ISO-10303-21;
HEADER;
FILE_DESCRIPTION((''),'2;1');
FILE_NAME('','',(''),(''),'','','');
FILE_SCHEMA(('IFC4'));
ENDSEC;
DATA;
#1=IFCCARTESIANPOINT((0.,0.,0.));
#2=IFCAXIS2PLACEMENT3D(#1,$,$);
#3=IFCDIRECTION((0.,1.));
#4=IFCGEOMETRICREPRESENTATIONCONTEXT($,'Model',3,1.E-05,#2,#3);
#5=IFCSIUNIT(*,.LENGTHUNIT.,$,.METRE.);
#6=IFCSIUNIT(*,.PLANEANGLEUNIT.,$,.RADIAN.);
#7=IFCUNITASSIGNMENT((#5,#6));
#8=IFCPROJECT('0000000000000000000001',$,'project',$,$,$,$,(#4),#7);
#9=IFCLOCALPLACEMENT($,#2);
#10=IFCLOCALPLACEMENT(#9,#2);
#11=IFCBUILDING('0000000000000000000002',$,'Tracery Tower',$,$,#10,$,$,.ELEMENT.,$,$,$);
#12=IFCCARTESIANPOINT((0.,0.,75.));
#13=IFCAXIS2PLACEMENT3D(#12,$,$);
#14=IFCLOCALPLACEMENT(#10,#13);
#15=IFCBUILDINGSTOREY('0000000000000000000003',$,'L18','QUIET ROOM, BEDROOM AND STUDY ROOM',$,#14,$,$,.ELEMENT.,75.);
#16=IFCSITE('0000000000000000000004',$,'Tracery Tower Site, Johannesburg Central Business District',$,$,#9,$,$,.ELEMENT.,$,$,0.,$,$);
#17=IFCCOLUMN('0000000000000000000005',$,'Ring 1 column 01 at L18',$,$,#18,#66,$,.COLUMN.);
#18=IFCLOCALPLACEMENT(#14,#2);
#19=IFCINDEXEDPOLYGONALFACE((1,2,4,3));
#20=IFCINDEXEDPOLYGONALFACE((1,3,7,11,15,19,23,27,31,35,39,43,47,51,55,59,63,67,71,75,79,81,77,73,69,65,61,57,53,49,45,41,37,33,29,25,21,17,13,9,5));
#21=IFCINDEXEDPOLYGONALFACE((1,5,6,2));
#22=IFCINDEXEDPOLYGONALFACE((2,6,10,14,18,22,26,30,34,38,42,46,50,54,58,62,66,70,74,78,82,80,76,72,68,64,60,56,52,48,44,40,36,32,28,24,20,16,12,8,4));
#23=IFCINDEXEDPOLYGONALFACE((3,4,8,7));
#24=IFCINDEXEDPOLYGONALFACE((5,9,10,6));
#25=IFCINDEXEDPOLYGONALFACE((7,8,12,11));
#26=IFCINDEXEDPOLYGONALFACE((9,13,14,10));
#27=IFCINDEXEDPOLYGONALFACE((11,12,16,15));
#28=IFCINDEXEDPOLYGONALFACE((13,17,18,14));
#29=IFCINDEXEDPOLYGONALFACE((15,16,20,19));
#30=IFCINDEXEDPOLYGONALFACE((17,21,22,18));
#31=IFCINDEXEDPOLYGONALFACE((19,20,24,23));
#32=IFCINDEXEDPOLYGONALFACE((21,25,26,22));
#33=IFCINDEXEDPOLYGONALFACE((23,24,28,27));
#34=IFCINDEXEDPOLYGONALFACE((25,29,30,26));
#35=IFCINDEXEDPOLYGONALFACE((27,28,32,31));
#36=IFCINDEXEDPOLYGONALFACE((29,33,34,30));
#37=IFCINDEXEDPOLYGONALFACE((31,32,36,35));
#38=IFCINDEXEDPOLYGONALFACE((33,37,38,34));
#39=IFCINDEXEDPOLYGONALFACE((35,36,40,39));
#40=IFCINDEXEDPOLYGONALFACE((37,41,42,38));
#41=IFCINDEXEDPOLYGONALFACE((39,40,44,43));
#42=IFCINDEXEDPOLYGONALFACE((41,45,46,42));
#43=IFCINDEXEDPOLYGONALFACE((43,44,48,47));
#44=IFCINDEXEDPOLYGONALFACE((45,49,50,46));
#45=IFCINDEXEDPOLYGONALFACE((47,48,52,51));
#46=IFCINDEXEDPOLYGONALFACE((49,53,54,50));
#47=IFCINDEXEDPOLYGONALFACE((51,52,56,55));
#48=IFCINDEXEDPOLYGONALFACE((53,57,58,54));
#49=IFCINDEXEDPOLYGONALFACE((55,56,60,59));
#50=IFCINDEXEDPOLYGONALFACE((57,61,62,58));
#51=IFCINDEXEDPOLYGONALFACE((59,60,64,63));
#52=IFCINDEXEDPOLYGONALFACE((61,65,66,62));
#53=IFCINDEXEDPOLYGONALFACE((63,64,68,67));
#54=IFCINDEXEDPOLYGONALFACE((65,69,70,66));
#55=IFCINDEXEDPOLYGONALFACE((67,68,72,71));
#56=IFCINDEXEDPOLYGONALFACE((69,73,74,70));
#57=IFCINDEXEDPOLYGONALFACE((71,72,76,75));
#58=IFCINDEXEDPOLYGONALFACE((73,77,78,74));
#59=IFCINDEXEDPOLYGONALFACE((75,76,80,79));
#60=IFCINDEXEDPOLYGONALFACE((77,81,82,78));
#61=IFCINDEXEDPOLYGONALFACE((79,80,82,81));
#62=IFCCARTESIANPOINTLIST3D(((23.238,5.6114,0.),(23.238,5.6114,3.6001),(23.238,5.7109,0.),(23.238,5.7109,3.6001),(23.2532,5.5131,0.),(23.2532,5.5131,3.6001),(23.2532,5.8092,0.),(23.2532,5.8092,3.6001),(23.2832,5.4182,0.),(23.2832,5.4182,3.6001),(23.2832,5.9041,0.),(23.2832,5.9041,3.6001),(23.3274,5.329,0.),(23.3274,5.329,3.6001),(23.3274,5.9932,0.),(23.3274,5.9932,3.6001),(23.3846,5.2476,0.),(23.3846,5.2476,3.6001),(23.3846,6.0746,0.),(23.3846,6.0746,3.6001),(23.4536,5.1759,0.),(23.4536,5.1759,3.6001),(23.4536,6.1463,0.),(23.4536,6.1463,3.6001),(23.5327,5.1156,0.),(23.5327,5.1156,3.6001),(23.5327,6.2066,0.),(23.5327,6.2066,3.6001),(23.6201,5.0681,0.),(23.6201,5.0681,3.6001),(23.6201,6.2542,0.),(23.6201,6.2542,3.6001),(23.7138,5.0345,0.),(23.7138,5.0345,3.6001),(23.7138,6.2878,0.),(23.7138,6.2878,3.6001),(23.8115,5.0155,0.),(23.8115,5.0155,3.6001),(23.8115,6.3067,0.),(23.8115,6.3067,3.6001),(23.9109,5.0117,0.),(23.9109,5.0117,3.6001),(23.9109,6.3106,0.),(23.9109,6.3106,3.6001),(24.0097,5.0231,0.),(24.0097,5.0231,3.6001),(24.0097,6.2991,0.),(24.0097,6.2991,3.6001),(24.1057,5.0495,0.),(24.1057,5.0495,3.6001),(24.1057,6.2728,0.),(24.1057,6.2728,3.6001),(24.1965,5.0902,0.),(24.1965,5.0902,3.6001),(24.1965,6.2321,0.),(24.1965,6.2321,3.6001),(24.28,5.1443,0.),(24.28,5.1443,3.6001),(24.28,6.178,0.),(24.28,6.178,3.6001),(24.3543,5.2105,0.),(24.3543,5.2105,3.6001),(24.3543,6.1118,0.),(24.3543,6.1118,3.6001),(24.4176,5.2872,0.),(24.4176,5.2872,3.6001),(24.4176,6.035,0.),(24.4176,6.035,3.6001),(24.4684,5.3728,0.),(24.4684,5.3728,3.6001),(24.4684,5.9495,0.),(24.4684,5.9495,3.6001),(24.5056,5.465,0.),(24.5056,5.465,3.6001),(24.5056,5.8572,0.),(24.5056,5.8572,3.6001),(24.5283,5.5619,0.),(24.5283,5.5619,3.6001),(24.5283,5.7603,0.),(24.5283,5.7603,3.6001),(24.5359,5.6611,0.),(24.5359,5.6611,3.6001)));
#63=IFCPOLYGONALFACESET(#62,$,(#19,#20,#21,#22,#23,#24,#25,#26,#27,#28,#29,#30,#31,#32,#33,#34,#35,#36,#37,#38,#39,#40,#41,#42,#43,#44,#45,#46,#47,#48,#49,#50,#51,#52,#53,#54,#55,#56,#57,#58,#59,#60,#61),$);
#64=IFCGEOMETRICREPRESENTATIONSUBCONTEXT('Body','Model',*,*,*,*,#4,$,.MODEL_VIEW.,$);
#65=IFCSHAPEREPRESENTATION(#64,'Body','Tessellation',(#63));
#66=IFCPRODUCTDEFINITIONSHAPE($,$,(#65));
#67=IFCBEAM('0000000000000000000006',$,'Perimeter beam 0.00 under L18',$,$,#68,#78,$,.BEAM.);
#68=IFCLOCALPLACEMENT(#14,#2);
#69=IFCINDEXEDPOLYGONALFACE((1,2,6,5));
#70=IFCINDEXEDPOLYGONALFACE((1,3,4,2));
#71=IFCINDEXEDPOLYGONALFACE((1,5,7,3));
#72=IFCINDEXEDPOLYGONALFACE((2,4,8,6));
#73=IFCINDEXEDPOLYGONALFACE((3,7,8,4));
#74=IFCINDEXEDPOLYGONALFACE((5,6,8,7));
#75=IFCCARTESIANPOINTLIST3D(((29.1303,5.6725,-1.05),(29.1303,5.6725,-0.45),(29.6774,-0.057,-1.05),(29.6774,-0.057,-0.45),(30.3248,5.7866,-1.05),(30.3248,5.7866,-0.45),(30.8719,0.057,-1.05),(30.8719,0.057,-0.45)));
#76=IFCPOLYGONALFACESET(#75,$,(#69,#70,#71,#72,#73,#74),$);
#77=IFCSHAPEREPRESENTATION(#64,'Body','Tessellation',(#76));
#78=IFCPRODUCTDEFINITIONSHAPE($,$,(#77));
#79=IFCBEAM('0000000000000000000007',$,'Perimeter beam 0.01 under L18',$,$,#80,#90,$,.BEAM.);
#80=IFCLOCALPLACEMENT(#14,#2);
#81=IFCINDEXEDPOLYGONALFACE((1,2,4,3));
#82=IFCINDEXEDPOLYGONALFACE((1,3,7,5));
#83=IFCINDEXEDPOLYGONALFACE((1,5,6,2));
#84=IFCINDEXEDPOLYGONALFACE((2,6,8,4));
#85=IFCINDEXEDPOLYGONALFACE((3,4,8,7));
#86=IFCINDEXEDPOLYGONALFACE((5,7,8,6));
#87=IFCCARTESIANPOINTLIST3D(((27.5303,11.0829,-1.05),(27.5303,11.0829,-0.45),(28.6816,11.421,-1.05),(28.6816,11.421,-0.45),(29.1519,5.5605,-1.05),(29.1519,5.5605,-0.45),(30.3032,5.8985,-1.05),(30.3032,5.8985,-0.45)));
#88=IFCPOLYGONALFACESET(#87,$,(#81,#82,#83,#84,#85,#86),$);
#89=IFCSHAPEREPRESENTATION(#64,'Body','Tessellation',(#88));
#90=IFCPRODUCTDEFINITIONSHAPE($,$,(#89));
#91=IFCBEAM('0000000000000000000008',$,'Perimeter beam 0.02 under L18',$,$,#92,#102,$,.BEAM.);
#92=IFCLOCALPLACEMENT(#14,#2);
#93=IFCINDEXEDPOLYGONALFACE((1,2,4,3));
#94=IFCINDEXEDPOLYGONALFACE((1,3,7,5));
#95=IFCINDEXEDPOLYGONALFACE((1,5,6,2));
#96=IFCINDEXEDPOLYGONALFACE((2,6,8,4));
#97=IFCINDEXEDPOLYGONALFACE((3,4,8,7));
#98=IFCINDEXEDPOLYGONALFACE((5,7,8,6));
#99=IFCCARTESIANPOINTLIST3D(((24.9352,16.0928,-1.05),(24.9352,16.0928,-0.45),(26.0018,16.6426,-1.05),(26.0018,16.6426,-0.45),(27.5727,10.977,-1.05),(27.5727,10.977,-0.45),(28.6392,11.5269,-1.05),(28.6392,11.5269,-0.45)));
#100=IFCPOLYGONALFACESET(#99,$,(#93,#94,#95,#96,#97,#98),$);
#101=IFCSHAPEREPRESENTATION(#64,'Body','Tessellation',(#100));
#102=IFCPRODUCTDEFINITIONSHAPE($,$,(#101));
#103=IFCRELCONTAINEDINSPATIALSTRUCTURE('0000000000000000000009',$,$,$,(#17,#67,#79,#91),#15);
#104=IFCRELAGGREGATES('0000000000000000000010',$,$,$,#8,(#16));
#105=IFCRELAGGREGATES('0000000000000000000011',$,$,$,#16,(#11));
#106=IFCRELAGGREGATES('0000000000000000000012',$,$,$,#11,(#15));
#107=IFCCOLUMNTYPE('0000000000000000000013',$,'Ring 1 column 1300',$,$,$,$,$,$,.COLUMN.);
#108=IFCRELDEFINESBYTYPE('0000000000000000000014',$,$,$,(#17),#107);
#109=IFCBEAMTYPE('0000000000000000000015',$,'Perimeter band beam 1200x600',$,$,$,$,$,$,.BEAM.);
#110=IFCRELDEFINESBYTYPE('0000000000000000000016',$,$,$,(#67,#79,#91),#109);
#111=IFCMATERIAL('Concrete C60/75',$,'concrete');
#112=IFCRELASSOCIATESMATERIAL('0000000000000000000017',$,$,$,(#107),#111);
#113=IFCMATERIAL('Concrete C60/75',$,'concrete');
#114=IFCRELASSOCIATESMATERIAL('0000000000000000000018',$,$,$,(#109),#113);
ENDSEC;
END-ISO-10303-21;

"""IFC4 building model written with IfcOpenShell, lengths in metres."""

from ifc_helpers import new_model, si_unit, direction, frame, origin, origin_2d, place, context, subcontext, project, spatial, rectangle, circle, extrude, material, material_profile, profile_set, type_object, element, save


model = new_model("IFC4")

# Units and contexts
model_context = context("Model", 3, precision=1e-05, world=origin(), true_north=direction((0.0, 1.0)))
body_context = subcontext(model_context, "Body", "Model", "MODEL_VIEW")
ifc_project = project(units=[si_unit("LENGTHUNIT", "METRE"), si_unit("PLANEANGLEUNIT", "RADIAN")], contexts=[model_context])

# Site, building, storey
site_placement = place(None, origin())
site = spatial("IfcSite", under=ifc_project, at=site_placement, Name="Tracery Tower Site, Johannesburg Central Business District", CompositionType="ELEMENT", RefElevation=0.0)
building_placement = place(site_placement, origin())
building = spatial("IfcBuilding", under=site, at=building_placement, Name="Tracery Tower", CompositionType="ELEMENT")
storey_placement = place(building_placement, frame((0.0, 0.0, 75.0)))
storey = spatial("IfcBuildingStorey", under=building, at=storey_placement, Name="L18", Description="QUIET ROOM, BEDROOM AND STUDY ROOM", CompositionType="ELEMENT", Elevation=75.0)

# Column
ifc_material_1 = material(Name="Concrete C60/75", Category="concrete")
ifc_material_profile_1 = material_profile(ifc_material_1, circle(Radius=0.6499, at=origin_2d()), Name="RC D1300")
ifc_profile_set_1 = profile_set([ifc_material_profile_1], Name="Concrete C60/75")
column_type_1 = type_object("IfcColumnType", Name="Ring 1 column 1300", PredefinedType="COLUMN", material=ifc_profile_set_1)
for number, where, z_axis, x_axis, name in (
    (1, (23.886, 5.6611, 0.0), (0.0, 0.0, 1.0), (1.0, 0.0, 0.0), "Ring 1 column 01 at L18"),
):
    element("IfcColumn", number, at=place(storey_placement, frame(where, z_axis=z_axis, x_axis=x_axis)), inside=storey, type_object=column_type_1, Name=name, PredefinedType="COLUMN", context=body_context, shape_type="SweptSolid", body=[
        extrude(circle(Radius=0.6499, at=origin_2d()), origin(), (0.0, 0.0, 1.0), 3.6001),
    ])

# Beams
ifc_material_2 = material(Name="Concrete C60/75", Category="concrete")
ifc_material_profile_2 = material_profile(ifc_material_2, rectangle(XDim=1.2, YDim=0.6001, at=origin_2d()), Name="RC 1200x600")
ifc_profile_set_2 = profile_set([ifc_material_profile_2], Name="Concrete C60/75")
beam_type = type_object("IfcBeamType", Name="Perimeter band beam 1200x600", PredefinedType="BEAM", material=ifc_profile_set_2)
for number, where, z_axis, x_axis, name in (
    (2, (30.2747, 0.0, -0.75), (-0.095059, 0.995472, 0.0), (-0.995472, -0.095059, 0.0), "Perimeter beam 0.00 under L18"),
    (3, (29.7275, 5.7295, -0.75), (-0.281739, 0.959491, 0.0), (-0.959491, -0.281739, 0.0), "Perimeter beam 0.01 under L18"),
    (4, (28.106, 11.252, -0.75), (-0.458242, 0.888827, 0.0), (-0.888827, -0.458242, 0.0), "Perimeter beam 0.02 under L18"),
):
    element("IfcBeam", number, at=place(storey_placement, frame(where, z_axis=z_axis, x_axis=x_axis)), inside=storey, type_object=beam_type, Name=name, PredefinedType="BEAM", context=body_context, shape_type="SweptSolid", body=[
        extrude(rectangle(XDim=1.2, YDim=0.6001, at=origin_2d()), origin(), (0.0, 0.0, 1.0), 5.7556),
    ])

save(model, "model.ifc")
